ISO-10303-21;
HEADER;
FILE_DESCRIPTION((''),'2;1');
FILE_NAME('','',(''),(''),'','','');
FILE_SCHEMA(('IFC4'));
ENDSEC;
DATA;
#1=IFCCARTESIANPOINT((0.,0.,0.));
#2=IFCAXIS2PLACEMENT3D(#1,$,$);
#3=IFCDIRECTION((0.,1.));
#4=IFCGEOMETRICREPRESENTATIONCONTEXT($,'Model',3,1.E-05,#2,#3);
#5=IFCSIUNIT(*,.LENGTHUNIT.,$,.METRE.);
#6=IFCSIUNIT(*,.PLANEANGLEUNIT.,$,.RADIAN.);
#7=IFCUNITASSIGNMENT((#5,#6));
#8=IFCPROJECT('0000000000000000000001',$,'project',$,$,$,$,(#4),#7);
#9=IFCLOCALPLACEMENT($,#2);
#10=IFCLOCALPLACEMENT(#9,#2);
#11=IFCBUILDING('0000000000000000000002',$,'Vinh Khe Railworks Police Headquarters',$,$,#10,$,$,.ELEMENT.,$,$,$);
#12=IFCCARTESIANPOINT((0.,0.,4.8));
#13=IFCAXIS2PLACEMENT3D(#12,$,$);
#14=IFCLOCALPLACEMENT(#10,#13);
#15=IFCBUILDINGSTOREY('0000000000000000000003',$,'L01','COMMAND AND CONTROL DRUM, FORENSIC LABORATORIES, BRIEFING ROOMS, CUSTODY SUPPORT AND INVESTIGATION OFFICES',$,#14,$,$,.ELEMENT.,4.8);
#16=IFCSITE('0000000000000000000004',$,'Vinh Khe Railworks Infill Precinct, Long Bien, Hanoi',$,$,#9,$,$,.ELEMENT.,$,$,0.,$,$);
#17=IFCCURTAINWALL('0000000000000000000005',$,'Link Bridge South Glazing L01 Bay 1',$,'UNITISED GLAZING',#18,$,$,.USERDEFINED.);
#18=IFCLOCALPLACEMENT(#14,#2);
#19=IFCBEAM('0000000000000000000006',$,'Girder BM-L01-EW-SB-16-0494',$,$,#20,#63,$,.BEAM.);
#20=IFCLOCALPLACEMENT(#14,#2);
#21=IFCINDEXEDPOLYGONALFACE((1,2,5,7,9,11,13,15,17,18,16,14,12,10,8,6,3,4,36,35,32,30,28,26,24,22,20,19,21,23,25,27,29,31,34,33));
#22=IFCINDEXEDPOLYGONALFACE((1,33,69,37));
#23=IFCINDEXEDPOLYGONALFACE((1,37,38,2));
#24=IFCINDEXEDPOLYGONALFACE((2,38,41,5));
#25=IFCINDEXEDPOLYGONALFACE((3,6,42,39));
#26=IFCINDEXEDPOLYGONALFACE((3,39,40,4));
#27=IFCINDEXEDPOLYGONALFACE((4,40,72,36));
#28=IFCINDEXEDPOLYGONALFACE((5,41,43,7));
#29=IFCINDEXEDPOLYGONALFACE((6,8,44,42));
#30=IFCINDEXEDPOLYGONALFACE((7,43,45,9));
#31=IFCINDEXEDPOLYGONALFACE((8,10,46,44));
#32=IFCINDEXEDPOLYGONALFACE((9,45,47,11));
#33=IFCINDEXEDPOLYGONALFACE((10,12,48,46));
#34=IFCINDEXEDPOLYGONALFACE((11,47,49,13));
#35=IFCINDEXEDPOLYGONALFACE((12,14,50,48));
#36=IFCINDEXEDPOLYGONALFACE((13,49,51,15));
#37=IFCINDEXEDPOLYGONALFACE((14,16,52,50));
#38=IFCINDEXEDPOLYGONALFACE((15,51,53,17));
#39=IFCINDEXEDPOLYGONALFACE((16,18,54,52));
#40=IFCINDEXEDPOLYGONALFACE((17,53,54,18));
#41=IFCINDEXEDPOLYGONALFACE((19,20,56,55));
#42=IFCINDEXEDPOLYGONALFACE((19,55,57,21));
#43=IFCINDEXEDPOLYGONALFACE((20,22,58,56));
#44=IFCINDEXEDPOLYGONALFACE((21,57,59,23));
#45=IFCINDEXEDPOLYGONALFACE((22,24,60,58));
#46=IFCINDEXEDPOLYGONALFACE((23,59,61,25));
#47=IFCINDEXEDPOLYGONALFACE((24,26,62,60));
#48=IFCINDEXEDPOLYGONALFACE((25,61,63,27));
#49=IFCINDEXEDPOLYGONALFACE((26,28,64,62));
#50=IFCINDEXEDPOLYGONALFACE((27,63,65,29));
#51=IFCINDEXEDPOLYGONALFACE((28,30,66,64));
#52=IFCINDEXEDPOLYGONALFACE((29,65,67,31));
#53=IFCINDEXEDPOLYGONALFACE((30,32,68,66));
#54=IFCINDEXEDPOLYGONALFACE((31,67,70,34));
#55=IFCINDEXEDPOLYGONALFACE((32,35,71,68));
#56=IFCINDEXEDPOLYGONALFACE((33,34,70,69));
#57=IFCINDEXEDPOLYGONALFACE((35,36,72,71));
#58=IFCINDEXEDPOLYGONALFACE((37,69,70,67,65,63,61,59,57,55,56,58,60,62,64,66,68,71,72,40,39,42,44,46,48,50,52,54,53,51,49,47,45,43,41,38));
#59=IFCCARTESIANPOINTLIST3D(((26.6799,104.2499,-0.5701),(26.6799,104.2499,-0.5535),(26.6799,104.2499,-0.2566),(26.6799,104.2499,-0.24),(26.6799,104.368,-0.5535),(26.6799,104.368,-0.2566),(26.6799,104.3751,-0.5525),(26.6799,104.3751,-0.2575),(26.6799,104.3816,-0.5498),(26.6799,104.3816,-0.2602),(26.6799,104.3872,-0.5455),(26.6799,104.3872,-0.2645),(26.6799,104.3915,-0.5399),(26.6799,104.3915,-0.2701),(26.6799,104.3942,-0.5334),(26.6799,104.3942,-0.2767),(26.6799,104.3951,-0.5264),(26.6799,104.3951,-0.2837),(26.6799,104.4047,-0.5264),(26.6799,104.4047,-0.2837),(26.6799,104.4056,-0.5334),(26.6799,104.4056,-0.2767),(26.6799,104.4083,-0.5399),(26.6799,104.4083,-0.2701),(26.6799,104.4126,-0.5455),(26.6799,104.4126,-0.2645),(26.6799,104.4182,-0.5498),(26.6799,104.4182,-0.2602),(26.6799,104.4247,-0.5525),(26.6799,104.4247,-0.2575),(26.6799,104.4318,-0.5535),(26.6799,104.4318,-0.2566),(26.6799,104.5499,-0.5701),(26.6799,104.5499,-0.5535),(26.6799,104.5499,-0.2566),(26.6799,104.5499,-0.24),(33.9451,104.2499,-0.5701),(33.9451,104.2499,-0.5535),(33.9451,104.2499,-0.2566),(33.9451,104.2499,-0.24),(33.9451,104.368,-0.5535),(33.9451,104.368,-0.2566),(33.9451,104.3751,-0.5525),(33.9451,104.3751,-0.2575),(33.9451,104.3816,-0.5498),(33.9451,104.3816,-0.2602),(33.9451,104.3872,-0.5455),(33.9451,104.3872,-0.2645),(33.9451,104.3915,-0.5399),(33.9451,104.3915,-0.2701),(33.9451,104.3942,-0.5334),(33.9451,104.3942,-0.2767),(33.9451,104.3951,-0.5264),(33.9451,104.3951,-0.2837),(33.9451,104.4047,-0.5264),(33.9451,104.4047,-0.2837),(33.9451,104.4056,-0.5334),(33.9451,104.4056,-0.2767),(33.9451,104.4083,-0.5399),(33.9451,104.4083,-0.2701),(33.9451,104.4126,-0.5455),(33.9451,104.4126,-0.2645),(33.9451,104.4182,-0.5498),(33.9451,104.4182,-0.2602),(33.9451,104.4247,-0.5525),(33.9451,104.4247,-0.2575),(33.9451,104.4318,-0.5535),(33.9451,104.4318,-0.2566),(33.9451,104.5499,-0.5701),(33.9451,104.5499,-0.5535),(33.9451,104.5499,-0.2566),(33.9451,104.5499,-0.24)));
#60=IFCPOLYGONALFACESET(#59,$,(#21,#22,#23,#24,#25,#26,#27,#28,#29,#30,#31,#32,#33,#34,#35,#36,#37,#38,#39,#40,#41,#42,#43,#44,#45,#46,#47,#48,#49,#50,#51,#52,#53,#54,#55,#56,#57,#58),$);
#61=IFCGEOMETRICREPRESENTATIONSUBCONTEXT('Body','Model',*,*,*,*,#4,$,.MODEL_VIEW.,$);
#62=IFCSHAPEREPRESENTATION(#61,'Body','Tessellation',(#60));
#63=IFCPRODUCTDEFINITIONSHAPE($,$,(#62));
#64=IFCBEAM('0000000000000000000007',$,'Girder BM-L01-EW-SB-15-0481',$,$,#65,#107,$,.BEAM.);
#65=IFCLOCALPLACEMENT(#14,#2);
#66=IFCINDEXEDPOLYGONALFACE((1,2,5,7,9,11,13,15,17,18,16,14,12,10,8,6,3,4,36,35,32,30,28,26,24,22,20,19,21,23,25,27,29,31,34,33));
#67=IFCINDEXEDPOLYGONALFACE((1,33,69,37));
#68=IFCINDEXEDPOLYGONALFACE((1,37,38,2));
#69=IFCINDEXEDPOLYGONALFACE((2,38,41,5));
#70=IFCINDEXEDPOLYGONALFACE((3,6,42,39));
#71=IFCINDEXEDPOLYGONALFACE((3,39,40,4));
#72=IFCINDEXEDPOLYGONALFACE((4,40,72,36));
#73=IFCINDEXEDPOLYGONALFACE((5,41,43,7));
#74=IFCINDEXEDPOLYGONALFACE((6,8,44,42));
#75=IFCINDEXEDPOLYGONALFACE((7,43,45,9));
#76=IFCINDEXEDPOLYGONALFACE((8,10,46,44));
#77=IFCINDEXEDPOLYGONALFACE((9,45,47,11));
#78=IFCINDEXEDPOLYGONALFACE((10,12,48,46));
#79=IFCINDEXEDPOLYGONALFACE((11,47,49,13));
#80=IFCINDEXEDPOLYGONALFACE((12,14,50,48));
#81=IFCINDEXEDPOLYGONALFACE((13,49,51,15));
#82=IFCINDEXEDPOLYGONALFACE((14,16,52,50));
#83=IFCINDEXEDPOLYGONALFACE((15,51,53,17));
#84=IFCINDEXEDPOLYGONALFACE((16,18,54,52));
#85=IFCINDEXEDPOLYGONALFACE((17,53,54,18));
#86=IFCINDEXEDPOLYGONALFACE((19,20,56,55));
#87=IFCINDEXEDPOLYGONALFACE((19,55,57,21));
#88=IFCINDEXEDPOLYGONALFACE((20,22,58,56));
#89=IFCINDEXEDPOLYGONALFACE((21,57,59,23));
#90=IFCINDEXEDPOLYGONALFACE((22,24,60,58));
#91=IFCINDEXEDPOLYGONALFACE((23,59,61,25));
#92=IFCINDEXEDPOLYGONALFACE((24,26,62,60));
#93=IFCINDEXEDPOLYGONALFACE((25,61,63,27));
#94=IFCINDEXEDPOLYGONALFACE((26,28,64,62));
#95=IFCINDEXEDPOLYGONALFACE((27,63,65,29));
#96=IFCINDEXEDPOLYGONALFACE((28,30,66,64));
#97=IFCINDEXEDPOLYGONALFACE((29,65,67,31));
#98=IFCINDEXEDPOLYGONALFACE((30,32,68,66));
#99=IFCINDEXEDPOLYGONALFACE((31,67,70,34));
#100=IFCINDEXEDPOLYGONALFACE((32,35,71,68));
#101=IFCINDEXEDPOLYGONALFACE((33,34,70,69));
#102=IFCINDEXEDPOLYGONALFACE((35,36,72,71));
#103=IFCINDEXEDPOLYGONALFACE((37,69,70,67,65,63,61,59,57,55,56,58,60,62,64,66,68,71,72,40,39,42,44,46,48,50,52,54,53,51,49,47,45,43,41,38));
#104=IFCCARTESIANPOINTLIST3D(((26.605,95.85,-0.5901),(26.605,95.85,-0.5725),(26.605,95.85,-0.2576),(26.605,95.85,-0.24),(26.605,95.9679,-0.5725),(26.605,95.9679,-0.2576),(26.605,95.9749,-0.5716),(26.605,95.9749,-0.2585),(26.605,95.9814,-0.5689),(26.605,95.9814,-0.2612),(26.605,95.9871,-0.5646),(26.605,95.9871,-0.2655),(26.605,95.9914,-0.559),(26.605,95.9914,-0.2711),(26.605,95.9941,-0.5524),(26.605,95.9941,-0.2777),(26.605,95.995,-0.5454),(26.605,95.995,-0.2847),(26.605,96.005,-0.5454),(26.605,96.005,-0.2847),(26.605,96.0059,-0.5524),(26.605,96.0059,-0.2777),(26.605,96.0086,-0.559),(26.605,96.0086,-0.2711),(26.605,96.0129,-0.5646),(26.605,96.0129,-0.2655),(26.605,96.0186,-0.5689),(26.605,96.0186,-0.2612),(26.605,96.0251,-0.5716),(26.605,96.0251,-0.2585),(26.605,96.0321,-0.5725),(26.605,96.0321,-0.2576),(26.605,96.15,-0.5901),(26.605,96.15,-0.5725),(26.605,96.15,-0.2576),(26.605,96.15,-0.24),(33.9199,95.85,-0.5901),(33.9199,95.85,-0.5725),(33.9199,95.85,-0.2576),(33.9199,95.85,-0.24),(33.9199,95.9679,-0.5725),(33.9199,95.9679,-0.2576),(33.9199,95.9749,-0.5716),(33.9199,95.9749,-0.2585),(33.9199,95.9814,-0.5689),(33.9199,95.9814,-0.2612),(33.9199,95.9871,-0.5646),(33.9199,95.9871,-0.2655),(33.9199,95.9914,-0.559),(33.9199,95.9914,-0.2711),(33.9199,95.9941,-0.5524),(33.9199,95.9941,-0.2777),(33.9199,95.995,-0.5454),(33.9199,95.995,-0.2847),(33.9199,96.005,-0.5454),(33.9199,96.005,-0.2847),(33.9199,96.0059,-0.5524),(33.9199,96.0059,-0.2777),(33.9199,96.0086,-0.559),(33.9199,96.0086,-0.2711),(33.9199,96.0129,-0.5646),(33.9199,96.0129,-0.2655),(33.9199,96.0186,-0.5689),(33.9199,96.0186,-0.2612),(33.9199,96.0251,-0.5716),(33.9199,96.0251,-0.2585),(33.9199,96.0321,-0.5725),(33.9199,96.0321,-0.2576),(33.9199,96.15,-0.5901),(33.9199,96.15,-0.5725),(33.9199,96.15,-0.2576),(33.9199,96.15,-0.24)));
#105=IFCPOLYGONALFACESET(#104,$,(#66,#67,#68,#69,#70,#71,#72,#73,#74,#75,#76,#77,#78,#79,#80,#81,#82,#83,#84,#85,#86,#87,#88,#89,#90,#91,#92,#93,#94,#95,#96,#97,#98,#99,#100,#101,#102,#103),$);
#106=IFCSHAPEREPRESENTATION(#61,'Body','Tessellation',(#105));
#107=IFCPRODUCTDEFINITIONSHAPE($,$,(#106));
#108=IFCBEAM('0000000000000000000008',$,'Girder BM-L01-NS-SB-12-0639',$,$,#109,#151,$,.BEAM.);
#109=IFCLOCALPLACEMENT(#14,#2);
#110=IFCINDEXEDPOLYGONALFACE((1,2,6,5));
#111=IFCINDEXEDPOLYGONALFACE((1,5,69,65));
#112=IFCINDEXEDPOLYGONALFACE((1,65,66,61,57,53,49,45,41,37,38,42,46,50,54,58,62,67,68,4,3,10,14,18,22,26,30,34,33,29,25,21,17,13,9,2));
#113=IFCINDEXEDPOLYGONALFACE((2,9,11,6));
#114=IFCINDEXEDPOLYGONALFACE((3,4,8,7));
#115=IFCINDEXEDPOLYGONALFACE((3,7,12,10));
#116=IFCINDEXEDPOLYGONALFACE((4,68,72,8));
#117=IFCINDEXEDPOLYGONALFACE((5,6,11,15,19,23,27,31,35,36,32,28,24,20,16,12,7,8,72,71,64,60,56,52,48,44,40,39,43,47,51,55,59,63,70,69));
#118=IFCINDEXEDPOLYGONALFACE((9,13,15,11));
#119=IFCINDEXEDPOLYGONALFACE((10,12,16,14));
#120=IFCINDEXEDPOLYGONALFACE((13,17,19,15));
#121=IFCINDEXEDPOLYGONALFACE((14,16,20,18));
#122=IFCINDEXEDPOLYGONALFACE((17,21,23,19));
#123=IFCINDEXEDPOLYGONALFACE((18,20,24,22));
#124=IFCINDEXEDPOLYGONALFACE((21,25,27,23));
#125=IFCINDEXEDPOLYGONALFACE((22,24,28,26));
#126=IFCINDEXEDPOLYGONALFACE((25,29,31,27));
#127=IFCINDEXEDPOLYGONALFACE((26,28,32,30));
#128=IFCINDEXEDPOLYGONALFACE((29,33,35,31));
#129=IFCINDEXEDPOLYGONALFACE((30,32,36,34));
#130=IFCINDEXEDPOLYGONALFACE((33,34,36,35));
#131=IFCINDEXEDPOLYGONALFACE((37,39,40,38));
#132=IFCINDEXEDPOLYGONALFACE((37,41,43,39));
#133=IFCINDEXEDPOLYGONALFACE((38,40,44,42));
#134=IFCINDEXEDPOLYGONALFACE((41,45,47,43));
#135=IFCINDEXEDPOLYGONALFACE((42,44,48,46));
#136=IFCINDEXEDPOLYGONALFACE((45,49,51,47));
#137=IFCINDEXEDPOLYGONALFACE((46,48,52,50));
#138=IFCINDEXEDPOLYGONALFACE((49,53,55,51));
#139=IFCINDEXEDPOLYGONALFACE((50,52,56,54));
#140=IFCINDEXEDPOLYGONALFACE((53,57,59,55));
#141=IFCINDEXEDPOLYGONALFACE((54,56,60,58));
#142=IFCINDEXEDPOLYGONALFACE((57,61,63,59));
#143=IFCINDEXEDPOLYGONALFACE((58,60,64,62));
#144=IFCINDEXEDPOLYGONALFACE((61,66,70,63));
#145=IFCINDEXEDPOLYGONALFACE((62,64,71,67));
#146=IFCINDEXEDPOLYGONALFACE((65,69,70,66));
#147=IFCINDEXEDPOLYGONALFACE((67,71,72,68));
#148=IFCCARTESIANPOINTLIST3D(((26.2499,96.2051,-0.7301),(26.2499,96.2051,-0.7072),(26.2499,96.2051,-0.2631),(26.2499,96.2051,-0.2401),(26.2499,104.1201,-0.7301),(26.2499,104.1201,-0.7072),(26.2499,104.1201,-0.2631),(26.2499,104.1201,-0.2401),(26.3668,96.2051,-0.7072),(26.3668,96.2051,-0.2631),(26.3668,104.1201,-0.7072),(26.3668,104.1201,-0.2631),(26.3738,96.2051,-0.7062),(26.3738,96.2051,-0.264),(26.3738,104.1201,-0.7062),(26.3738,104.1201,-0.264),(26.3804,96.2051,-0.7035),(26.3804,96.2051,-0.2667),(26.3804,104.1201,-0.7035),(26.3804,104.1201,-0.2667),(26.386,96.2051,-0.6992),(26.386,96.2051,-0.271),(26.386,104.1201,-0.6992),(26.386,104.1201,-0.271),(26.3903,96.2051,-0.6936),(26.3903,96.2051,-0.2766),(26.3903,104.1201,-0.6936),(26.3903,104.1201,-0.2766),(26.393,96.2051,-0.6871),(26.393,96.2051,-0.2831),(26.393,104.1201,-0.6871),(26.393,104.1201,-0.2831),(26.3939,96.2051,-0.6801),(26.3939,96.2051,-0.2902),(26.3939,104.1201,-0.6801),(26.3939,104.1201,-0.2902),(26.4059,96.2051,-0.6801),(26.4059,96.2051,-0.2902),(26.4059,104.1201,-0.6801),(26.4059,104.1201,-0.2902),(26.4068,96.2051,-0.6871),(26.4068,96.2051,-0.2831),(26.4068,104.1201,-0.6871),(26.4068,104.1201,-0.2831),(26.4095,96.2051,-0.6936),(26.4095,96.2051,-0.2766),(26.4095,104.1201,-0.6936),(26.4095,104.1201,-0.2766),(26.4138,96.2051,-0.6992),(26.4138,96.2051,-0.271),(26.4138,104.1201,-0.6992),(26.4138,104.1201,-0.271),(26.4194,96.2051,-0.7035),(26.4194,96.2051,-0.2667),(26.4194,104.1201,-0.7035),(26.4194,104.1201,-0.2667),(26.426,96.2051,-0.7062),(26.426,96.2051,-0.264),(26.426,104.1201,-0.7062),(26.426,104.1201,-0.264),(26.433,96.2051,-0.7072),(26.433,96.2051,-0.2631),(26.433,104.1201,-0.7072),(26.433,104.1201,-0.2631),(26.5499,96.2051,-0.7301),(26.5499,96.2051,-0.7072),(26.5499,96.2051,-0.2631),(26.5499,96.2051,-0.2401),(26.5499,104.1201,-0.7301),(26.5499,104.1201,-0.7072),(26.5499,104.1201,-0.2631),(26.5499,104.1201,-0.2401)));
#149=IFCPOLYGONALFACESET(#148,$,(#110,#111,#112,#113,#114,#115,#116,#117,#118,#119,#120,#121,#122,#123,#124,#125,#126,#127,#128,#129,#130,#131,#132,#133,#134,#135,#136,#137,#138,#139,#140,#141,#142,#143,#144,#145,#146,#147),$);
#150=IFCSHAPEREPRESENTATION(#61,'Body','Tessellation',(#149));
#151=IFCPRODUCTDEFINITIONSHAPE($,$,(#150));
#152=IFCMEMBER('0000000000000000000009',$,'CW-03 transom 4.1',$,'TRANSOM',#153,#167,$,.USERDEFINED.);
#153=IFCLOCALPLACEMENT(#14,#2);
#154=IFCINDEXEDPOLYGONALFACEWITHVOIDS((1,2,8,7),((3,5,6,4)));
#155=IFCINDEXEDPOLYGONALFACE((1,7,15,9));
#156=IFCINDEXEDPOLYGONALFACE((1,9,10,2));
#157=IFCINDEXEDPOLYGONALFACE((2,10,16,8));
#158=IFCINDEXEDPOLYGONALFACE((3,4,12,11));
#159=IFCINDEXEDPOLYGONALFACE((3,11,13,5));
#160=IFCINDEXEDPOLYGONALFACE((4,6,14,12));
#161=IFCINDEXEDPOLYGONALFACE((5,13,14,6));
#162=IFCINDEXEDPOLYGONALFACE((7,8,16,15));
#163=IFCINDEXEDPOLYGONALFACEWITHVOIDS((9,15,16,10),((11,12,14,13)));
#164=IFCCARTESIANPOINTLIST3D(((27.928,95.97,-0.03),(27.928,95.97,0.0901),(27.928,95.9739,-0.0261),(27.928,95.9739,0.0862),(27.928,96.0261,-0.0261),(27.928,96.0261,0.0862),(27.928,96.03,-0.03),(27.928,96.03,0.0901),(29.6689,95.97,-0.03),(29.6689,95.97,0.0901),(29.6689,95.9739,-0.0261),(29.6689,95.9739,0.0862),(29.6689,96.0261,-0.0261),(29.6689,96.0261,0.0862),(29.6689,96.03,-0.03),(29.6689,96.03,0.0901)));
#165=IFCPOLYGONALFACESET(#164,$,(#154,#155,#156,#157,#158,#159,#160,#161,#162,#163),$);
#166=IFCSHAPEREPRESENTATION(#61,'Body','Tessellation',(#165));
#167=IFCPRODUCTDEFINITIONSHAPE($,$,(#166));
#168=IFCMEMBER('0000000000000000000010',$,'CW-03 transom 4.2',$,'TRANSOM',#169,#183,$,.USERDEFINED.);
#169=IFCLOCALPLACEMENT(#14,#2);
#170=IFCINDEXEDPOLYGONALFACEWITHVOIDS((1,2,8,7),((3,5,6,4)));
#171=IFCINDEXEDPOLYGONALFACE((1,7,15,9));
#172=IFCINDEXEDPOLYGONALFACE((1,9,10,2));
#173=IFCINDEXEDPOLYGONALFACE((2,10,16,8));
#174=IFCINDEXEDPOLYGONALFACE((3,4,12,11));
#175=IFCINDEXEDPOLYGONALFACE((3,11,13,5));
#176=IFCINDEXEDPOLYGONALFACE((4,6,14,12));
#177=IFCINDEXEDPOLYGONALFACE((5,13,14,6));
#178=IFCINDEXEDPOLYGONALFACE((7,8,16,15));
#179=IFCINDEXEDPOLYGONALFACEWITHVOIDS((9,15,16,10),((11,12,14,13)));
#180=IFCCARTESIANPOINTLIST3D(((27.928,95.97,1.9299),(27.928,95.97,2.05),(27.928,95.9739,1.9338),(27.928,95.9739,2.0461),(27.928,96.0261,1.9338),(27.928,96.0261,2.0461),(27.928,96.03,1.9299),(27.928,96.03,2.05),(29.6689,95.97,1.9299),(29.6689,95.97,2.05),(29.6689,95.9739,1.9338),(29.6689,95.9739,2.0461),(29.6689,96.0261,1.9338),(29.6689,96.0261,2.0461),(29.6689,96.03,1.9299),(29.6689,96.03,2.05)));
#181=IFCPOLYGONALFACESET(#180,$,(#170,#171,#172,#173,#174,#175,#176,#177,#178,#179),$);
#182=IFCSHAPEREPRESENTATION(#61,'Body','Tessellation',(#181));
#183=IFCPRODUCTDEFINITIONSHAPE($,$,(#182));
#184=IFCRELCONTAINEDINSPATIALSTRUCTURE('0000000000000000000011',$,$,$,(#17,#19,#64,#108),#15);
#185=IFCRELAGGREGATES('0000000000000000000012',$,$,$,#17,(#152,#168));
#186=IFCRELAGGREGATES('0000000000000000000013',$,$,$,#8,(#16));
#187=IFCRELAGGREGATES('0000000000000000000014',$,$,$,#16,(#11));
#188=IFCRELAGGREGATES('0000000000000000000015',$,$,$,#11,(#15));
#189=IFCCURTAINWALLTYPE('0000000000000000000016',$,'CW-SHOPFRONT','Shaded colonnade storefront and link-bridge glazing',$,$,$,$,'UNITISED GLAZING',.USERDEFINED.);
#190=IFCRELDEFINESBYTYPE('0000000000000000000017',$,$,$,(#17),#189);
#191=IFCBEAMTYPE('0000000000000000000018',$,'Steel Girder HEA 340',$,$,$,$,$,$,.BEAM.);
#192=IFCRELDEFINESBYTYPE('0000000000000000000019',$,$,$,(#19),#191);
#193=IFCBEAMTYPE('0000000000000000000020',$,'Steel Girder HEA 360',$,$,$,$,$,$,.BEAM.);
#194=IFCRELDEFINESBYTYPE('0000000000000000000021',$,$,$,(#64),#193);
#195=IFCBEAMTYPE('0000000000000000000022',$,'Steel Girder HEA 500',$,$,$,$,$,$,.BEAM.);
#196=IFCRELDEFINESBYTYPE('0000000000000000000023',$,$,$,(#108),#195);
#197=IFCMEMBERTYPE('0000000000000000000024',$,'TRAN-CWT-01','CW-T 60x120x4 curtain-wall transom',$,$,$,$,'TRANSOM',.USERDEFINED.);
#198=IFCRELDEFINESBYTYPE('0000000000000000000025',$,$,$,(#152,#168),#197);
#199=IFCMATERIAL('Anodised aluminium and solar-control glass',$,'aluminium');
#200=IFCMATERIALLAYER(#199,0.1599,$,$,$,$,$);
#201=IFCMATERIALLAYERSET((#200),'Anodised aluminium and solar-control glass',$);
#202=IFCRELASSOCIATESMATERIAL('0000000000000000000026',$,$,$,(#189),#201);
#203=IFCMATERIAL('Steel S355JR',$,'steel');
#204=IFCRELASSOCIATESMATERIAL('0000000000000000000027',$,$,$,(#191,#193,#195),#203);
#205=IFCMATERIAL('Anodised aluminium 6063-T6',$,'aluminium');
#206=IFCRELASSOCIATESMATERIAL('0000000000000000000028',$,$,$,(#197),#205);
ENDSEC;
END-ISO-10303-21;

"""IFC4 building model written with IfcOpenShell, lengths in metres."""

from ifc_helpers import new_model, si_unit, direction, frame, origin, origin_2d, place, context, subcontext, project, spatial, hollow_rectangle, i_section, extrude, material, layer, layer_set, material_profile, profile_set, type_object, element, aggregate, save


model = new_model("IFC4")

# Units and contexts
model_context = context("Model", 3, precision=1e-05, world=origin(), true_north=direction((0.0, 1.0)))
body_context = subcontext(model_context, "Body", "Model", "MODEL_VIEW")
ifc_project = project(units=[si_unit("LENGTHUNIT", "METRE"), si_unit("PLANEANGLEUNIT", "RADIAN")], contexts=[model_context])

# Site, building, storey
site_placement = place(None, origin())
site = spatial("IfcSite", under=ifc_project, at=site_placement, Name="Vinh Khe Railworks Infill Precinct, Long Bien, Hanoi", CompositionType="ELEMENT", RefElevation=0.0)
building_placement = place(site_placement, origin())
building = spatial("IfcBuilding", under=site, at=building_placement, Name="Vinh Khe Railworks Police Headquarters", CompositionType="ELEMENT")
storey_placement = place(building_placement, frame((0.0, 0.0, 4.8)))
storey = spatial("IfcBuildingStorey", under=building, at=storey_placement, Name="L01", Description="COMMAND AND CONTROL DRUM, FORENSIC LABORATORIES, BRIEFING ROOMS, CUSTODY SUPPORT AND INVESTIGATION OFFICES", CompositionType="ELEMENT", Elevation=4.8)

# Shared definitions
ifc_material_1 = material(Name="Steel S355JR", Category="steel")

# Curtain wall
ifc_material_2 = material(Name="Anodised aluminium and solar-control glass", Category="aluminium")
ifc_layer_1 = layer(ifc_material_2, 0.1599)
ifc_layer_set_1 = layer_set([ifc_layer_1], Name="Anodised aluminium and solar-control glass")
curtain_wall_type = type_object("IfcCurtainWallType", Name="CW-SHOPFRONT", Description="Shaded colonnade storefront and link-bridge glazing", ElementType="UNITISED GLAZING", PredefinedType="USERDEFINED", material=ifc_layer_set_1)
curtain_wall_1_placement = place(storey_placement, origin())
curtain_wall_1 = element("IfcCurtainWall", 1, at=curtain_wall_1_placement, inside=storey, type_object=curtain_wall_type, Name="Link Bridge South Glazing L01 Bay 1", ObjectType="UNITISED GLAZING", PredefinedType="USERDEFINED")
ifc_material_3 = material(Name="Anodised aluminium 6063-T6", Category="aluminium")

# Beams
ifc_material_profile_1 = material_profile(ifc_material_1, i_section(OverallWidth=0.3, OverallDepth=0.3301, WebThickness=0.0095, FlangeThickness=0.0166, FilletRadius=0.0271, at=origin_2d()), Name="HEA 340")
ifc_profile_set_1 = profile_set([ifc_material_profile_1], Name="Steel S355JR")
beam_type_1 = type_object("IfcBeamType", Name="Steel Girder HEA 340", PredefinedType="BEAM", material=ifc_profile_set_1)
beam_1_placement = place(storey_placement, frame((26.6799, 104.3999, -0.405), z_axis=(1.0, 0.0, 0.0), x_axis=(0.0, 1.0, 0.0)))
element("IfcBeam", 2, at=beam_1_placement, inside=storey, type_object=beam_type_1, Name="Girder BM-L01-EW-SB-16-0494", PredefinedType="BEAM", context=body_context, shape_type="SweptSolid", body=[
    extrude(i_section(OverallWidth=0.3, OverallDepth=0.3301, WebThickness=0.0095, FlangeThickness=0.0166, FilletRadius=0.0271, at=origin_2d()), origin(), (0.0, 0.0, 1.0), 7.2651),
])
ifc_material_profile_2 = material_profile(ifc_material_1, i_section(OverallWidth=0.3, OverallDepth=0.3501, WebThickness=0.01, FlangeThickness=0.0176, FilletRadius=0.0271, at=origin_2d()), Name="HEA 360")
ifc_profile_set_2 = profile_set([ifc_material_profile_2], Name="Steel S355JR")
beam_type_2 = type_object("IfcBeamType", Name="Steel Girder HEA 360", PredefinedType="BEAM", material=ifc_profile_set_2)
beam_2_placement = place(storey_placement, frame((26.605, 96.0, -0.415), z_axis=(1.0, 0.0, 0.0), x_axis=(0.0, 1.0, 0.0)))
element("IfcBeam", 3, at=beam_2_placement, inside=storey, type_object=beam_type_2, Name="Girder BM-L01-EW-SB-15-0481", PredefinedType="BEAM", context=body_context, shape_type="SweptSolid", body=[
    extrude(i_section(OverallWidth=0.3, OverallDepth=0.3501, WebThickness=0.01, FlangeThickness=0.0176, FilletRadius=0.0271, at=origin_2d()), origin(), (0.0, 0.0, 1.0), 7.3149),
])
ifc_material_profile_3 = material_profile(ifc_material_1, i_section(OverallWidth=0.3, OverallDepth=0.49, WebThickness=0.012, FlangeThickness=0.0229, FilletRadius=0.0271, at=origin_2d()), Name="HEA 500")
ifc_profile_set_3 = profile_set([ifc_material_profile_3], Name="Steel S355JR")
beam_type_3 = type_object("IfcBeamType", Name="Steel Girder HEA 500", PredefinedType="BEAM", material=ifc_profile_set_3)
beam_3_placement = place(storey_placement, frame((26.3999, 96.2051, -0.4851), z_axis=(0.0, 1.0, 0.0), x_axis=(-1.0, 0.0, 0.0)))
element("IfcBeam", 4, at=beam_3_placement, inside=storey, type_object=beam_type_3, Name="Girder BM-L01-NS-SB-12-0639", PredefinedType="BEAM", context=body_context, shape_type="SweptSolid", body=[
    extrude(i_section(OverallWidth=0.3, OverallDepth=0.49, WebThickness=0.012, FlangeThickness=0.0229, FilletRadius=0.0271, at=origin_2d()), origin(), (0.0, 0.0, 1.0), 7.915),
])

# Members
ifc_material_profile_4 = material_profile(ifc_material_3, hollow_rectangle(XDim=0.0601, YDim=0.1201, WallThickness=0.0039, at=origin_2d()), Name="CW-T 60x120x4")
ifc_profile_set_4 = profile_set([ifc_material_profile_4], Name="Anodised aluminium 6063-T6")
member_type_1 = type_object("IfcMemberType", Name="TRAN-CWT-01", Description="CW-T 60x120x4 curtain-wall transom", ElementType="TRANSOM", PredefinedType="USERDEFINED", material=ifc_profile_set_4)
member_1_placement = place(storey_placement, frame((27.928, 96.0, 0.03), z_axis=(1.0, 0.0, 0.0), x_axis=(0.0, 1.0, 0.0)))
member_1 = element("IfcMember", 5, at=member_1_placement, type_object=member_type_1, Name="CW-03 transom 4.1", ObjectType="TRANSOM", PredefinedType="USERDEFINED", context=body_context, shape_type="SweptSolid", body=[
    extrude(hollow_rectangle(XDim=0.0601, YDim=0.1201, WallThickness=0.0039, at=origin_2d()), origin(), (0.0, 0.0, 1.0), 1.741),
])
member_2_placement = place(storey_placement, frame((27.928, 96.0, 1.99), z_axis=(1.0, 0.0, 0.0), x_axis=(0.0, 1.0, 0.0)))
member_2 = element("IfcMember", 6, at=member_2_placement, type_object=member_type_1, Name="CW-03 transom 4.2", ObjectType="TRANSOM", PredefinedType="USERDEFINED", context=body_context, shape_type="SweptSolid", body=[
    extrude(hollow_rectangle(XDim=0.0601, YDim=0.1201, WallThickness=0.0039, at=origin_2d()), origin(), (0.0, 0.0, 1.0), 1.741),
])

aggregate(curtain_wall_1, [member_1, member_2])

save(model, "model.ifc")
